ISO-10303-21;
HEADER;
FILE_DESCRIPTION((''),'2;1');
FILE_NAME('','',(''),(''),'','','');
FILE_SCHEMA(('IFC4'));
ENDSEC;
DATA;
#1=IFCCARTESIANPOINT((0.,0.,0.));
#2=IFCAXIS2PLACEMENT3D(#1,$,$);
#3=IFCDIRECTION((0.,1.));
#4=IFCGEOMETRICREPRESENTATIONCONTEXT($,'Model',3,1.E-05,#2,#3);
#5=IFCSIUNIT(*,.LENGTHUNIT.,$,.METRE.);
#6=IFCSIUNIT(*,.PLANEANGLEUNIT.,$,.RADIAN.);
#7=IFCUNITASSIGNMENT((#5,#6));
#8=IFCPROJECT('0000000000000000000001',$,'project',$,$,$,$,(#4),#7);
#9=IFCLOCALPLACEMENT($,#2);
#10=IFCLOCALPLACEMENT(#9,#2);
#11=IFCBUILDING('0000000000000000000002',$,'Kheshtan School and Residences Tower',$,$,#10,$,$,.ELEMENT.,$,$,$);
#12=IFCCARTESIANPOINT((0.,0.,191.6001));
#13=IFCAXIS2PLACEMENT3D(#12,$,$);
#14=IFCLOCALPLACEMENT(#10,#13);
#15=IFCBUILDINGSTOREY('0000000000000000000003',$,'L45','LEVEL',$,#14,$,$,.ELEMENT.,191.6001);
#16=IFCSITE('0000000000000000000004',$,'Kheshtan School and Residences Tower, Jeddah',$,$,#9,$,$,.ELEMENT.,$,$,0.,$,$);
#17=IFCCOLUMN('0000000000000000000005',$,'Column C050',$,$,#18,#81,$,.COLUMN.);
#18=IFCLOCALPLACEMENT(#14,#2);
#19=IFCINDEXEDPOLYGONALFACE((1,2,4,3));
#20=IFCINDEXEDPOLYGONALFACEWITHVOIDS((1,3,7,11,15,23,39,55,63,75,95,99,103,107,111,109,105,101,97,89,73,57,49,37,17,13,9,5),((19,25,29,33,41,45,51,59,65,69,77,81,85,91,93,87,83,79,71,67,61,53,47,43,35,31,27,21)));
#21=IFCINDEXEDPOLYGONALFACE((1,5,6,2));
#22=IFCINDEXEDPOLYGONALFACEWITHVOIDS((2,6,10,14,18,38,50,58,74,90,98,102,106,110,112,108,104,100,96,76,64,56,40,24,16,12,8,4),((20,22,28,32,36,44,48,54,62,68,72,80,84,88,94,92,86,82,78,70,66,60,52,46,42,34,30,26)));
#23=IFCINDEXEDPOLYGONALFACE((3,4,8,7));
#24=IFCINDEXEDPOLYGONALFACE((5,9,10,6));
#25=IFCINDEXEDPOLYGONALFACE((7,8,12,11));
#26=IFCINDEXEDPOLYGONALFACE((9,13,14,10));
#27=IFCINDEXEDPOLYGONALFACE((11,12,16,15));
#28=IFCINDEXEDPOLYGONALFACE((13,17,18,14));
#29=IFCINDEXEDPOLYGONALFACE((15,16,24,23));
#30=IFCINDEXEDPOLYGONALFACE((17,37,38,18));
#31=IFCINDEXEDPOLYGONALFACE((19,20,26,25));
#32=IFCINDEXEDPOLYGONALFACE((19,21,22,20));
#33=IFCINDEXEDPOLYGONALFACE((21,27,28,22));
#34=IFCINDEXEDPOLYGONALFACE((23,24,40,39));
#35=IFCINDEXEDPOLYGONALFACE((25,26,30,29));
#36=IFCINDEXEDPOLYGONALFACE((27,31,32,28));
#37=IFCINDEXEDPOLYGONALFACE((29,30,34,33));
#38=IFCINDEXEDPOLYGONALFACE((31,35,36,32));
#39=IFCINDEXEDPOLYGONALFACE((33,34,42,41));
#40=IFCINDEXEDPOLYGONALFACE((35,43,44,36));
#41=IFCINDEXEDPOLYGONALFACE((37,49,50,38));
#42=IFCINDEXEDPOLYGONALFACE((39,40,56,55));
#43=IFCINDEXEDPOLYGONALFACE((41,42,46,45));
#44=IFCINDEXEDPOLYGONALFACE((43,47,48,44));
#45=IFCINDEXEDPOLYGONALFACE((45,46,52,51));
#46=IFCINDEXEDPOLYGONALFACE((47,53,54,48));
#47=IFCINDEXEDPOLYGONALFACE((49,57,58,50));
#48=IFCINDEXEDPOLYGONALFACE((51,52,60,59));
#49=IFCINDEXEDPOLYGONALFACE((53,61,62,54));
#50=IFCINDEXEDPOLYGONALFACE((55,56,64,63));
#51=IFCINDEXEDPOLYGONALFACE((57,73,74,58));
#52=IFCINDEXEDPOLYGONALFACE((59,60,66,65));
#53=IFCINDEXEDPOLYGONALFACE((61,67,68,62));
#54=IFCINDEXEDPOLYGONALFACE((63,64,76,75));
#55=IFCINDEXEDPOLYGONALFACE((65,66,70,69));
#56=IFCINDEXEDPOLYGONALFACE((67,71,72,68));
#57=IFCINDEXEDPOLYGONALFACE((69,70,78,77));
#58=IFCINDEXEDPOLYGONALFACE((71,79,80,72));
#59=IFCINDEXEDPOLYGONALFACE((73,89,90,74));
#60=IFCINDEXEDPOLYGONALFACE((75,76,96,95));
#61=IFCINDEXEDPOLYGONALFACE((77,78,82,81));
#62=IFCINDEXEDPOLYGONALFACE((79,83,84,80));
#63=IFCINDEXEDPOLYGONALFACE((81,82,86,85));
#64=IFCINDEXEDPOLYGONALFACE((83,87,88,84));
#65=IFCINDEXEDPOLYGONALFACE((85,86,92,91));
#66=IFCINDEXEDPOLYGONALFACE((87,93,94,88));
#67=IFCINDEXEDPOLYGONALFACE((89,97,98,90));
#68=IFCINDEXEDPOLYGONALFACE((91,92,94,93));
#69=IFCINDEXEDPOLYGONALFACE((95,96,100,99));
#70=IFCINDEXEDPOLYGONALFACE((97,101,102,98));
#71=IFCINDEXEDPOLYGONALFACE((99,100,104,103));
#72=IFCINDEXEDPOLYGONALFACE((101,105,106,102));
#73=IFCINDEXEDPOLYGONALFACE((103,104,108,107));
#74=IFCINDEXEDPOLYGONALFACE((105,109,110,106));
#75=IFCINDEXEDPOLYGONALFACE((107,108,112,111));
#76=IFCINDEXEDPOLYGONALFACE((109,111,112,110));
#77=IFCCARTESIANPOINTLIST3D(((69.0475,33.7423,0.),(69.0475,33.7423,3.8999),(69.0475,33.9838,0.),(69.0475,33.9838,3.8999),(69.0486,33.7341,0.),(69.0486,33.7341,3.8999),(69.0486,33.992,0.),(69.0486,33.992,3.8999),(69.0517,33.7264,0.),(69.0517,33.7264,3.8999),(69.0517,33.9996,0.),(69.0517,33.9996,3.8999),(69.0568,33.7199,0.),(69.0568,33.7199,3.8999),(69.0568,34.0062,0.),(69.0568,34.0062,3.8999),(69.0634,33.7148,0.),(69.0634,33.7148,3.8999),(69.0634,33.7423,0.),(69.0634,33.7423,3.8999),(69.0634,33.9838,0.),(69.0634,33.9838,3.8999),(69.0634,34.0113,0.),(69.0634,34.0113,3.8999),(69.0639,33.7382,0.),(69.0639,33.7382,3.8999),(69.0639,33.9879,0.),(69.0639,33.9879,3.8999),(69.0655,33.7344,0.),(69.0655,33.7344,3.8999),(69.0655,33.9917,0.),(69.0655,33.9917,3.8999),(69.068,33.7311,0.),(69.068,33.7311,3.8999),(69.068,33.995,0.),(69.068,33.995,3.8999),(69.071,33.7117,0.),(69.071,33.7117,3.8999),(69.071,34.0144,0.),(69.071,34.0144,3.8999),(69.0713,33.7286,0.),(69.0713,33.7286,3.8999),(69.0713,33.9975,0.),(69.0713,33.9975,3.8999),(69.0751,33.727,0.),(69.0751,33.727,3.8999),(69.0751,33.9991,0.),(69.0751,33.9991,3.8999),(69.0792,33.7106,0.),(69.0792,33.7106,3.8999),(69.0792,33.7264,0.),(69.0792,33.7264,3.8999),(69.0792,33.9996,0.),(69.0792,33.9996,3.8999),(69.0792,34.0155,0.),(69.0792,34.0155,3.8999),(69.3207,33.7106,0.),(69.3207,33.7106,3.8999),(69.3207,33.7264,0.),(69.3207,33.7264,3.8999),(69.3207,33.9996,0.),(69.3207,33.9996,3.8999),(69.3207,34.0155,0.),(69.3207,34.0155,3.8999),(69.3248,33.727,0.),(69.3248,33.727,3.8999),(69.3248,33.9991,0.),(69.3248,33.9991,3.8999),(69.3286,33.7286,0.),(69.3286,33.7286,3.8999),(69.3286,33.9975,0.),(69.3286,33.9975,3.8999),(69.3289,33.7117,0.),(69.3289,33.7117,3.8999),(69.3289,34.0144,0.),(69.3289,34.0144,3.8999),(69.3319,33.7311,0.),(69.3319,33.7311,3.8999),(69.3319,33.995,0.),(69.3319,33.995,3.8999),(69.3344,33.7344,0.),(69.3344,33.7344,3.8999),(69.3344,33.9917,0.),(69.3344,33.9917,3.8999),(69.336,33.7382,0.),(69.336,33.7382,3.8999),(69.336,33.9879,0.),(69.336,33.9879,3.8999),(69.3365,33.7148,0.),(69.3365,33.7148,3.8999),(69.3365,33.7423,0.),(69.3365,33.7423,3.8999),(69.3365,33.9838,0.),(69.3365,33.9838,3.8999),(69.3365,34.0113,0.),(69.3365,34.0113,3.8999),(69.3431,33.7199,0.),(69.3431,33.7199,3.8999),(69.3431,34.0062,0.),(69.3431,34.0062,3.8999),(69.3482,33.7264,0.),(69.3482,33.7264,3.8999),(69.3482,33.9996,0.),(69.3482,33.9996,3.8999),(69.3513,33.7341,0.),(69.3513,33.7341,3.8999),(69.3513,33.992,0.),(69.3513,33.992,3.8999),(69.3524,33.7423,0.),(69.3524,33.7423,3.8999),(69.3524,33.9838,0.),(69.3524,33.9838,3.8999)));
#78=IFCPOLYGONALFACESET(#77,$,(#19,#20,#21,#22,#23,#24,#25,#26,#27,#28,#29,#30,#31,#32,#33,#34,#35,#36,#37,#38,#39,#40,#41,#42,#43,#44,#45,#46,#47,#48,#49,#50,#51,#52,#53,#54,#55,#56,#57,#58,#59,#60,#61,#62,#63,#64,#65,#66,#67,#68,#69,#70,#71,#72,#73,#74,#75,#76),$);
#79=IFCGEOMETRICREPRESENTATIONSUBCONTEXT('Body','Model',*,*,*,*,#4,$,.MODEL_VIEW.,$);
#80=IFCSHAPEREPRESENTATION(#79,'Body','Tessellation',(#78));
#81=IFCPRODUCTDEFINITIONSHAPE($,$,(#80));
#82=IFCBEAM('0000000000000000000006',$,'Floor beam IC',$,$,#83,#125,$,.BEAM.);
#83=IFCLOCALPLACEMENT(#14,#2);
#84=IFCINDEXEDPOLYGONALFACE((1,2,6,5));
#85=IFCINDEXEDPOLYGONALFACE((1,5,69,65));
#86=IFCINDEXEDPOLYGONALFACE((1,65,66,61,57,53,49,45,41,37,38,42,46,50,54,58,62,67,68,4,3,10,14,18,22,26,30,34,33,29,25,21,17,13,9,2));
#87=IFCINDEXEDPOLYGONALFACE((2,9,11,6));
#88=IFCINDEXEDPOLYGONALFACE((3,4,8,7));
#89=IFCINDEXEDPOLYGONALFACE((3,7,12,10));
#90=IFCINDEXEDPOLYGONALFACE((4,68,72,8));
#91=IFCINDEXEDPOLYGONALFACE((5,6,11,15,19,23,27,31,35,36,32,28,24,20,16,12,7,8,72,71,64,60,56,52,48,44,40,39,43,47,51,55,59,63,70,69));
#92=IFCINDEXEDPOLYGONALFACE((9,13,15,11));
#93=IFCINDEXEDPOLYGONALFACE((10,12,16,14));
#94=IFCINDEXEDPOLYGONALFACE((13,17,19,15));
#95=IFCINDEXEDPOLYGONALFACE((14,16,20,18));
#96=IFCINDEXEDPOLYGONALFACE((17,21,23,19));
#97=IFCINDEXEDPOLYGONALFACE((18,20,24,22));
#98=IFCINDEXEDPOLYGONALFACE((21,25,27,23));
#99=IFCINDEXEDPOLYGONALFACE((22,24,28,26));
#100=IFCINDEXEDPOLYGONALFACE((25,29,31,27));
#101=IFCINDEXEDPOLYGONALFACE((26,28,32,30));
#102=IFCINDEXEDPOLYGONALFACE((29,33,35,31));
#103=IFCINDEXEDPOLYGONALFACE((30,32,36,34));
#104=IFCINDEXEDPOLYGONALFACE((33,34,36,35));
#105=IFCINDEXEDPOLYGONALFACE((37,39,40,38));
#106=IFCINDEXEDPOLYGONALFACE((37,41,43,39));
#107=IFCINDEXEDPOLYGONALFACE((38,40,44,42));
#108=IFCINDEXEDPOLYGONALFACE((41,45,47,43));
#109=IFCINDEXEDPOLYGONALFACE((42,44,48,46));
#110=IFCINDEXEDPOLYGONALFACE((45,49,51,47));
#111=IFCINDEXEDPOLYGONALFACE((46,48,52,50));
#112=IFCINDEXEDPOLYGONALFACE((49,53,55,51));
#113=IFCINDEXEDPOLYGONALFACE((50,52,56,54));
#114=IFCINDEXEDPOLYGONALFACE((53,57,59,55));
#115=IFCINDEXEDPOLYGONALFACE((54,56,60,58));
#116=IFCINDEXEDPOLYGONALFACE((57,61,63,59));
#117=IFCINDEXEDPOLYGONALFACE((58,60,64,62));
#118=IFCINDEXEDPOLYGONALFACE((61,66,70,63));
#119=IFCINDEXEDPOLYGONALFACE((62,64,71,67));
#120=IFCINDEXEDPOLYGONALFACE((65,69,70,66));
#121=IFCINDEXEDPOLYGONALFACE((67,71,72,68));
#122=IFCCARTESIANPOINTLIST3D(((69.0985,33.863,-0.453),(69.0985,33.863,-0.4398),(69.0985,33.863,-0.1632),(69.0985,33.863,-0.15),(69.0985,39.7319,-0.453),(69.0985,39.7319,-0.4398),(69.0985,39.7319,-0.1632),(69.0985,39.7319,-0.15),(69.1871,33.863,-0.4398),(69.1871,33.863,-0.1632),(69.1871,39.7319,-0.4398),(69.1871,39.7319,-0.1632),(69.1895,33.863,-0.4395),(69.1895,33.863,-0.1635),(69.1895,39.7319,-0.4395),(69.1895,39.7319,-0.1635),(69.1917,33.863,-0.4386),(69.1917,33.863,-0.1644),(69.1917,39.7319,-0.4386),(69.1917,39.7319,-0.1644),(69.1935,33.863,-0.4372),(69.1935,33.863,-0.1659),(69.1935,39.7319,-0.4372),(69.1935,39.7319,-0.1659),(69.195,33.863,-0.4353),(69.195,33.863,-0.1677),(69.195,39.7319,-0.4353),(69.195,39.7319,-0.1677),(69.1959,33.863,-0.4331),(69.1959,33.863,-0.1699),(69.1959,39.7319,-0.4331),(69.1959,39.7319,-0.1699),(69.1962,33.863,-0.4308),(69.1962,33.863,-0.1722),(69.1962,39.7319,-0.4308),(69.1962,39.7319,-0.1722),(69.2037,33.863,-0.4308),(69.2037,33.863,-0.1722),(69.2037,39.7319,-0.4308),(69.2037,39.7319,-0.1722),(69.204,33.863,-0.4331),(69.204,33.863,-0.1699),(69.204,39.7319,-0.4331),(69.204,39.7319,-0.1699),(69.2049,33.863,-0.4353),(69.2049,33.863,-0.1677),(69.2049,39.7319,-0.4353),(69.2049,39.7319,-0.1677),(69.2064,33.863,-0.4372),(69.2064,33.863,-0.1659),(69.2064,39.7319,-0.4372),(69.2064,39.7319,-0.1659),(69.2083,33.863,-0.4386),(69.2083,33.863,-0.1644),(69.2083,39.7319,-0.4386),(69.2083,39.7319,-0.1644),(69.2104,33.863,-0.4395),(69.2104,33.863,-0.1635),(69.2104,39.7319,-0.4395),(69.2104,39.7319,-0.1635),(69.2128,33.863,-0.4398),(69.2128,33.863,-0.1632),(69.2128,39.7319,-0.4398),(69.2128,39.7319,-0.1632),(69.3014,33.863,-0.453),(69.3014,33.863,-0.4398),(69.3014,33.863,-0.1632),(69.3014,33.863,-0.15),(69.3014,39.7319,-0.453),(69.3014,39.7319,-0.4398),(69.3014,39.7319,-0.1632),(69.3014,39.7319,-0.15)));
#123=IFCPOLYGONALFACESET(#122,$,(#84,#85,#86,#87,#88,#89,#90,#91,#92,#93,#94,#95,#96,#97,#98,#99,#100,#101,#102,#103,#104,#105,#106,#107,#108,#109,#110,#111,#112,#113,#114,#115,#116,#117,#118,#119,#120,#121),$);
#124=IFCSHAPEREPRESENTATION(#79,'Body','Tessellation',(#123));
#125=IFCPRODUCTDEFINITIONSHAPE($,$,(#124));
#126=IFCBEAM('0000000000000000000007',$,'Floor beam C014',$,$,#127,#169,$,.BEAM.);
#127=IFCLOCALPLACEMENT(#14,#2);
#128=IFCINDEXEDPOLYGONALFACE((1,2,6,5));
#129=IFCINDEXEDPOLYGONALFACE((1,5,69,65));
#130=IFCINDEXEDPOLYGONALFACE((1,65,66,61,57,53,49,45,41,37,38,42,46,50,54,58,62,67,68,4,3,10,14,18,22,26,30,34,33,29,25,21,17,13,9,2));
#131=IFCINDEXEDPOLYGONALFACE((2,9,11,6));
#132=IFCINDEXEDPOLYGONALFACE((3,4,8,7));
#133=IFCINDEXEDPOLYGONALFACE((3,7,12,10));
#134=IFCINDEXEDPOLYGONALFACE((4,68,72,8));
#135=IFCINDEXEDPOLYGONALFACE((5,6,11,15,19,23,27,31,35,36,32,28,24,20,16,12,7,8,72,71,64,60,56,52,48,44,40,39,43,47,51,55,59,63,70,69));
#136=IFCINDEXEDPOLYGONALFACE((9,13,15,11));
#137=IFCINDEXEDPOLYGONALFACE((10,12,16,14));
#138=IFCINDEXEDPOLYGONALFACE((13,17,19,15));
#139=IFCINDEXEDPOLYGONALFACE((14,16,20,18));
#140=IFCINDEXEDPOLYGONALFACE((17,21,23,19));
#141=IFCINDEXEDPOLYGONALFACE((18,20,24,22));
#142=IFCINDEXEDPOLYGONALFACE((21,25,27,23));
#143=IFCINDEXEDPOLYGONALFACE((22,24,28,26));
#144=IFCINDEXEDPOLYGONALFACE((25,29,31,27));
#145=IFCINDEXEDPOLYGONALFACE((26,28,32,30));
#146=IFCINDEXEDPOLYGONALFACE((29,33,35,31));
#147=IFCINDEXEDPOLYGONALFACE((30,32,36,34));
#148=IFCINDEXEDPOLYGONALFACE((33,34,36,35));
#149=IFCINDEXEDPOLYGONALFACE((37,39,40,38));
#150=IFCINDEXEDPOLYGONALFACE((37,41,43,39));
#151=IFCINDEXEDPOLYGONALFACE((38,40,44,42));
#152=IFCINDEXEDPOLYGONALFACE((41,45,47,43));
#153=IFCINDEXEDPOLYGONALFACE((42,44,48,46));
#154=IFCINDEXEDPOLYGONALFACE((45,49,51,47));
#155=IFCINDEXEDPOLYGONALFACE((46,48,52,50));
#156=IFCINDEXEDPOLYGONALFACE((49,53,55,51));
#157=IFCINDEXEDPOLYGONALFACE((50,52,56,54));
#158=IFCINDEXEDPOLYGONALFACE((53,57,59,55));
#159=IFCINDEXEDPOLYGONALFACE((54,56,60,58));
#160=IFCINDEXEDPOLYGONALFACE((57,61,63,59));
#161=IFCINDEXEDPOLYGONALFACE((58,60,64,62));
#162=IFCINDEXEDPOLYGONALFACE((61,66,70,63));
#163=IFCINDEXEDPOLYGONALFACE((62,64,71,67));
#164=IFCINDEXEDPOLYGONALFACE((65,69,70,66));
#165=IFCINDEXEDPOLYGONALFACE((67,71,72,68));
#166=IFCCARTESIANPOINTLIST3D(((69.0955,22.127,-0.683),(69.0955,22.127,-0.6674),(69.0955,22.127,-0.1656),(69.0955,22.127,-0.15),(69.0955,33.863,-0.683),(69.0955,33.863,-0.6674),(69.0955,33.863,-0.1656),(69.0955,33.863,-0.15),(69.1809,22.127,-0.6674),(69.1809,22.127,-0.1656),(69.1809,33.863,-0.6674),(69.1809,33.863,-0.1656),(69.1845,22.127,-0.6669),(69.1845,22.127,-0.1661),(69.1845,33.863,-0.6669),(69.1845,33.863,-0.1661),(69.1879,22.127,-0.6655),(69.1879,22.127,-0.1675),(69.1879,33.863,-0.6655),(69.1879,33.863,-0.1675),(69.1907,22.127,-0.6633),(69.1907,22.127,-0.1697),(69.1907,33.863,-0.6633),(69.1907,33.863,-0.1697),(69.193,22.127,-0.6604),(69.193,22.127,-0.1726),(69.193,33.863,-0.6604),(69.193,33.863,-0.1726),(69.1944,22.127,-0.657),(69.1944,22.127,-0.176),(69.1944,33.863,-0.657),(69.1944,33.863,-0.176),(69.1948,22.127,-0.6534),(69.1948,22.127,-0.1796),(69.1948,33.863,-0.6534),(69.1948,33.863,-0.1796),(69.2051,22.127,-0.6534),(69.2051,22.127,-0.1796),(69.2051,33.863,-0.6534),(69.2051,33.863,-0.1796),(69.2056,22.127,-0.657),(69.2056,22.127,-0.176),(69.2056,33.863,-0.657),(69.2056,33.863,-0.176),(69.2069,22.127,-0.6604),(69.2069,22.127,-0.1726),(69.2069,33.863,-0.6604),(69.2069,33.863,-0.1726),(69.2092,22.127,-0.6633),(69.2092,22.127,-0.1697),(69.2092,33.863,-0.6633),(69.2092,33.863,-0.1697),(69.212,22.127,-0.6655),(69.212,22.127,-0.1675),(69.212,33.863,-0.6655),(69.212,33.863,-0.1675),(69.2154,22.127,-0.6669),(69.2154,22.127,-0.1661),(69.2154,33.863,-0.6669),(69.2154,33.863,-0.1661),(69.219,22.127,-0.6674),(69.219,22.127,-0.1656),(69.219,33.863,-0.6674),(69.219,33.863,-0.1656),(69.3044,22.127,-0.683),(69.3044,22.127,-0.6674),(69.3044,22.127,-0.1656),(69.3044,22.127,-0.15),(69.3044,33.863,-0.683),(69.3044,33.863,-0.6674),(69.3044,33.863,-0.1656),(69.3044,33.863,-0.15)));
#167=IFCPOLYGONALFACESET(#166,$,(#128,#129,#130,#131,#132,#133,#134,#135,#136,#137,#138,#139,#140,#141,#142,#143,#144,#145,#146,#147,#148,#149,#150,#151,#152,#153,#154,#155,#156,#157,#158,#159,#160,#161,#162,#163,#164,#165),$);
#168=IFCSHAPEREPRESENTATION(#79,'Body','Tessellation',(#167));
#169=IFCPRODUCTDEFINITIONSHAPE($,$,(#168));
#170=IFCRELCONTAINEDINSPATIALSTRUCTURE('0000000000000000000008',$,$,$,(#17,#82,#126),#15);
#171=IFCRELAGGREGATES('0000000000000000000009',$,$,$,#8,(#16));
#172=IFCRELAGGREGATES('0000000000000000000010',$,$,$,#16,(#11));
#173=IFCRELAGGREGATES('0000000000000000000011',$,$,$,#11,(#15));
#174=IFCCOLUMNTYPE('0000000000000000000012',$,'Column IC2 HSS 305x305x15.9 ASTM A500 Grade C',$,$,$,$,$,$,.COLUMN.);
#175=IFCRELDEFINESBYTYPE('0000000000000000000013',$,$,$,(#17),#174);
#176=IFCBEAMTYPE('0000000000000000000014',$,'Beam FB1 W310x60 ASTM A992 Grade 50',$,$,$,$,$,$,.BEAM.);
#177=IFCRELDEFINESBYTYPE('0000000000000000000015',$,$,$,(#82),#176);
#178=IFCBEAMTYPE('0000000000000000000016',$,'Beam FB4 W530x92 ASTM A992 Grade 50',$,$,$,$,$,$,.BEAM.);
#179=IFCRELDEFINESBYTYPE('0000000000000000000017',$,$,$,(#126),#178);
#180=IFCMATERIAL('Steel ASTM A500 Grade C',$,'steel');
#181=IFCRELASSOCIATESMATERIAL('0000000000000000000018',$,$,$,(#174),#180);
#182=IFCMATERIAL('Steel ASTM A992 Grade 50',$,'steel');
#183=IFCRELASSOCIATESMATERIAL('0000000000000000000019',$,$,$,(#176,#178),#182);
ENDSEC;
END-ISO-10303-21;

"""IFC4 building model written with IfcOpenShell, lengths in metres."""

from ifc_helpers import new_model, si_unit, direction, frame, origin, origin_2d, place, context, subcontext, project, spatial, hollow_rectangle, i_section, extrude, material, material_profile, profile_set, type_object, element, save


model = new_model("IFC4")

# Units and contexts
model_context = context("Model", 3, precision=1e-05, world=origin(), true_north=direction((0.0, 1.0)))
body_context = subcontext(model_context, "Body", "Model", "MODEL_VIEW")
ifc_project = project(units=[si_unit("LENGTHUNIT", "METRE"), si_unit("PLANEANGLEUNIT", "RADIAN")], contexts=[model_context])

# Site, building, storey
site_placement = place(None, origin())
site = spatial("IfcSite", under=ifc_project, at=site_placement, Name="Kheshtan School and Residences Tower, Jeddah", CompositionType="ELEMENT", RefElevation=0.0)
building_placement = place(site_placement, origin())
building = spatial("IfcBuilding", under=site, at=building_placement, Name="Kheshtan School and Residences Tower", CompositionType="ELEMENT")
storey_placement = place(building_placement, frame((0.0, 0.0, 191.6001)))
storey = spatial("IfcBuildingStorey", under=building, at=storey_placement, Name="L45", Description="LEVEL", CompositionType="ELEMENT", Elevation=191.6001)

# Column
ifc_material_1 = material(Name="Steel ASTM A992 Grade 50", Category="steel")
ifc_material_2 = material(Name="Steel ASTM A500 Grade C", Category="steel")
ifc_material_profile_1 = material_profile(ifc_material_2, hollow_rectangle(XDim=0.3049, YDim=0.3049, WallThickness=0.0159, InnerFilletRadius=0.0159, OuterFilletRadius=0.0317, at=origin_2d()), Name="HSS 305x305x15.9")
ifc_profile_set_1 = profile_set([ifc_material_profile_1], Name="Steel ASTM A500 Grade C")
column_type_1 = type_object("IfcColumnType", Name="Column IC2 HSS 305x305x15.9 ASTM A500 Grade C", PredefinedType="COLUMN", material=ifc_profile_set_1)
column_placement = place(storey_placement, frame((69.2, 33.863, 0.0), z_axis=(0.0, 0.0, 1.0), x_axis=(1.0, 0.0, 0.0)))
element("IfcColumn", 1, at=column_placement, inside=storey, type_object=column_type_1, Name="Column C050", PredefinedType="COLUMN", context=body_context, shape_type="SweptSolid", body=[
    extrude(hollow_rectangle(XDim=0.3049, YDim=0.3049, WallThickness=0.0159, InnerFilletRadius=0.0159, OuterFilletRadius=0.0317, at=origin_2d()), origin(), (0.0, 0.0, 1.0), 3.8999),
])

# Beams
ifc_material_profile_2 = material_profile(ifc_material_1, i_section(OverallWidth=0.2029, OverallDepth=0.303, WebThickness=0.0076, FlangeThickness=0.0132, FilletRadius=0.009, at=origin_2d()), Name="W310x60")
ifc_profile_set_2 = profile_set([ifc_material_profile_2], Name="Steel ASTM A992 Grade 50")
beam_type_1 = type_object("IfcBeamType", Name="Beam FB1 W310x60 ASTM A992 Grade 50", PredefinedType="BEAM", material=ifc_profile_set_2)
beam_1_placement = place(storey_placement, frame((69.2, 33.863, -0.3015), z_axis=(0.0, 1.0, 0.0), x_axis=(-1.0, 0.0, 0.0)))
element("IfcBeam", 2, at=beam_1_placement, inside=storey, type_object=beam_type_1, Name="Floor beam IC", PredefinedType="BEAM", context=body_context, shape_type="SweptSolid", body=[
    extrude(i_section(OverallWidth=0.2029, OverallDepth=0.303, WebThickness=0.0076, FlangeThickness=0.0132, FilletRadius=0.009, at=origin_2d()), origin(), (0.0, 0.0, 1.0), 5.8689),
])
ifc_material_profile_3 = material_profile(ifc_material_1, i_section(OverallWidth=0.209, OverallDepth=0.533, WebThickness=0.0103, FlangeThickness=0.0156, FilletRadius=0.0139, at=origin_2d()), Name="W530x92")
ifc_profile_set_3 = profile_set([ifc_material_profile_3], Name="Steel ASTM A992 Grade 50")
beam_type_2 = type_object("IfcBeamType", Name="Beam FB4 W530x92 ASTM A992 Grade 50", PredefinedType="BEAM", material=ifc_profile_set_3)
beam_2_placement = place(storey_placement, frame((69.2, 22.127, -0.4165), z_axis=(0.0, 1.0, 0.0), x_axis=(-1.0, 0.0, 0.0)))
element("IfcBeam", 3, at=beam_2_placement, inside=storey, type_object=beam_type_2, Name="Floor beam C014", PredefinedType="BEAM", context=body_context, shape_type="SweptSolid", body=[
    extrude(i_section(OverallWidth=0.209, OverallDepth=0.533, WebThickness=0.0103, FlangeThickness=0.0156, FilletRadius=0.0139, at=origin_2d()), origin(), (0.0, 0.0, 1.0), 11.7361),
])

save(model, "model.ifc")
